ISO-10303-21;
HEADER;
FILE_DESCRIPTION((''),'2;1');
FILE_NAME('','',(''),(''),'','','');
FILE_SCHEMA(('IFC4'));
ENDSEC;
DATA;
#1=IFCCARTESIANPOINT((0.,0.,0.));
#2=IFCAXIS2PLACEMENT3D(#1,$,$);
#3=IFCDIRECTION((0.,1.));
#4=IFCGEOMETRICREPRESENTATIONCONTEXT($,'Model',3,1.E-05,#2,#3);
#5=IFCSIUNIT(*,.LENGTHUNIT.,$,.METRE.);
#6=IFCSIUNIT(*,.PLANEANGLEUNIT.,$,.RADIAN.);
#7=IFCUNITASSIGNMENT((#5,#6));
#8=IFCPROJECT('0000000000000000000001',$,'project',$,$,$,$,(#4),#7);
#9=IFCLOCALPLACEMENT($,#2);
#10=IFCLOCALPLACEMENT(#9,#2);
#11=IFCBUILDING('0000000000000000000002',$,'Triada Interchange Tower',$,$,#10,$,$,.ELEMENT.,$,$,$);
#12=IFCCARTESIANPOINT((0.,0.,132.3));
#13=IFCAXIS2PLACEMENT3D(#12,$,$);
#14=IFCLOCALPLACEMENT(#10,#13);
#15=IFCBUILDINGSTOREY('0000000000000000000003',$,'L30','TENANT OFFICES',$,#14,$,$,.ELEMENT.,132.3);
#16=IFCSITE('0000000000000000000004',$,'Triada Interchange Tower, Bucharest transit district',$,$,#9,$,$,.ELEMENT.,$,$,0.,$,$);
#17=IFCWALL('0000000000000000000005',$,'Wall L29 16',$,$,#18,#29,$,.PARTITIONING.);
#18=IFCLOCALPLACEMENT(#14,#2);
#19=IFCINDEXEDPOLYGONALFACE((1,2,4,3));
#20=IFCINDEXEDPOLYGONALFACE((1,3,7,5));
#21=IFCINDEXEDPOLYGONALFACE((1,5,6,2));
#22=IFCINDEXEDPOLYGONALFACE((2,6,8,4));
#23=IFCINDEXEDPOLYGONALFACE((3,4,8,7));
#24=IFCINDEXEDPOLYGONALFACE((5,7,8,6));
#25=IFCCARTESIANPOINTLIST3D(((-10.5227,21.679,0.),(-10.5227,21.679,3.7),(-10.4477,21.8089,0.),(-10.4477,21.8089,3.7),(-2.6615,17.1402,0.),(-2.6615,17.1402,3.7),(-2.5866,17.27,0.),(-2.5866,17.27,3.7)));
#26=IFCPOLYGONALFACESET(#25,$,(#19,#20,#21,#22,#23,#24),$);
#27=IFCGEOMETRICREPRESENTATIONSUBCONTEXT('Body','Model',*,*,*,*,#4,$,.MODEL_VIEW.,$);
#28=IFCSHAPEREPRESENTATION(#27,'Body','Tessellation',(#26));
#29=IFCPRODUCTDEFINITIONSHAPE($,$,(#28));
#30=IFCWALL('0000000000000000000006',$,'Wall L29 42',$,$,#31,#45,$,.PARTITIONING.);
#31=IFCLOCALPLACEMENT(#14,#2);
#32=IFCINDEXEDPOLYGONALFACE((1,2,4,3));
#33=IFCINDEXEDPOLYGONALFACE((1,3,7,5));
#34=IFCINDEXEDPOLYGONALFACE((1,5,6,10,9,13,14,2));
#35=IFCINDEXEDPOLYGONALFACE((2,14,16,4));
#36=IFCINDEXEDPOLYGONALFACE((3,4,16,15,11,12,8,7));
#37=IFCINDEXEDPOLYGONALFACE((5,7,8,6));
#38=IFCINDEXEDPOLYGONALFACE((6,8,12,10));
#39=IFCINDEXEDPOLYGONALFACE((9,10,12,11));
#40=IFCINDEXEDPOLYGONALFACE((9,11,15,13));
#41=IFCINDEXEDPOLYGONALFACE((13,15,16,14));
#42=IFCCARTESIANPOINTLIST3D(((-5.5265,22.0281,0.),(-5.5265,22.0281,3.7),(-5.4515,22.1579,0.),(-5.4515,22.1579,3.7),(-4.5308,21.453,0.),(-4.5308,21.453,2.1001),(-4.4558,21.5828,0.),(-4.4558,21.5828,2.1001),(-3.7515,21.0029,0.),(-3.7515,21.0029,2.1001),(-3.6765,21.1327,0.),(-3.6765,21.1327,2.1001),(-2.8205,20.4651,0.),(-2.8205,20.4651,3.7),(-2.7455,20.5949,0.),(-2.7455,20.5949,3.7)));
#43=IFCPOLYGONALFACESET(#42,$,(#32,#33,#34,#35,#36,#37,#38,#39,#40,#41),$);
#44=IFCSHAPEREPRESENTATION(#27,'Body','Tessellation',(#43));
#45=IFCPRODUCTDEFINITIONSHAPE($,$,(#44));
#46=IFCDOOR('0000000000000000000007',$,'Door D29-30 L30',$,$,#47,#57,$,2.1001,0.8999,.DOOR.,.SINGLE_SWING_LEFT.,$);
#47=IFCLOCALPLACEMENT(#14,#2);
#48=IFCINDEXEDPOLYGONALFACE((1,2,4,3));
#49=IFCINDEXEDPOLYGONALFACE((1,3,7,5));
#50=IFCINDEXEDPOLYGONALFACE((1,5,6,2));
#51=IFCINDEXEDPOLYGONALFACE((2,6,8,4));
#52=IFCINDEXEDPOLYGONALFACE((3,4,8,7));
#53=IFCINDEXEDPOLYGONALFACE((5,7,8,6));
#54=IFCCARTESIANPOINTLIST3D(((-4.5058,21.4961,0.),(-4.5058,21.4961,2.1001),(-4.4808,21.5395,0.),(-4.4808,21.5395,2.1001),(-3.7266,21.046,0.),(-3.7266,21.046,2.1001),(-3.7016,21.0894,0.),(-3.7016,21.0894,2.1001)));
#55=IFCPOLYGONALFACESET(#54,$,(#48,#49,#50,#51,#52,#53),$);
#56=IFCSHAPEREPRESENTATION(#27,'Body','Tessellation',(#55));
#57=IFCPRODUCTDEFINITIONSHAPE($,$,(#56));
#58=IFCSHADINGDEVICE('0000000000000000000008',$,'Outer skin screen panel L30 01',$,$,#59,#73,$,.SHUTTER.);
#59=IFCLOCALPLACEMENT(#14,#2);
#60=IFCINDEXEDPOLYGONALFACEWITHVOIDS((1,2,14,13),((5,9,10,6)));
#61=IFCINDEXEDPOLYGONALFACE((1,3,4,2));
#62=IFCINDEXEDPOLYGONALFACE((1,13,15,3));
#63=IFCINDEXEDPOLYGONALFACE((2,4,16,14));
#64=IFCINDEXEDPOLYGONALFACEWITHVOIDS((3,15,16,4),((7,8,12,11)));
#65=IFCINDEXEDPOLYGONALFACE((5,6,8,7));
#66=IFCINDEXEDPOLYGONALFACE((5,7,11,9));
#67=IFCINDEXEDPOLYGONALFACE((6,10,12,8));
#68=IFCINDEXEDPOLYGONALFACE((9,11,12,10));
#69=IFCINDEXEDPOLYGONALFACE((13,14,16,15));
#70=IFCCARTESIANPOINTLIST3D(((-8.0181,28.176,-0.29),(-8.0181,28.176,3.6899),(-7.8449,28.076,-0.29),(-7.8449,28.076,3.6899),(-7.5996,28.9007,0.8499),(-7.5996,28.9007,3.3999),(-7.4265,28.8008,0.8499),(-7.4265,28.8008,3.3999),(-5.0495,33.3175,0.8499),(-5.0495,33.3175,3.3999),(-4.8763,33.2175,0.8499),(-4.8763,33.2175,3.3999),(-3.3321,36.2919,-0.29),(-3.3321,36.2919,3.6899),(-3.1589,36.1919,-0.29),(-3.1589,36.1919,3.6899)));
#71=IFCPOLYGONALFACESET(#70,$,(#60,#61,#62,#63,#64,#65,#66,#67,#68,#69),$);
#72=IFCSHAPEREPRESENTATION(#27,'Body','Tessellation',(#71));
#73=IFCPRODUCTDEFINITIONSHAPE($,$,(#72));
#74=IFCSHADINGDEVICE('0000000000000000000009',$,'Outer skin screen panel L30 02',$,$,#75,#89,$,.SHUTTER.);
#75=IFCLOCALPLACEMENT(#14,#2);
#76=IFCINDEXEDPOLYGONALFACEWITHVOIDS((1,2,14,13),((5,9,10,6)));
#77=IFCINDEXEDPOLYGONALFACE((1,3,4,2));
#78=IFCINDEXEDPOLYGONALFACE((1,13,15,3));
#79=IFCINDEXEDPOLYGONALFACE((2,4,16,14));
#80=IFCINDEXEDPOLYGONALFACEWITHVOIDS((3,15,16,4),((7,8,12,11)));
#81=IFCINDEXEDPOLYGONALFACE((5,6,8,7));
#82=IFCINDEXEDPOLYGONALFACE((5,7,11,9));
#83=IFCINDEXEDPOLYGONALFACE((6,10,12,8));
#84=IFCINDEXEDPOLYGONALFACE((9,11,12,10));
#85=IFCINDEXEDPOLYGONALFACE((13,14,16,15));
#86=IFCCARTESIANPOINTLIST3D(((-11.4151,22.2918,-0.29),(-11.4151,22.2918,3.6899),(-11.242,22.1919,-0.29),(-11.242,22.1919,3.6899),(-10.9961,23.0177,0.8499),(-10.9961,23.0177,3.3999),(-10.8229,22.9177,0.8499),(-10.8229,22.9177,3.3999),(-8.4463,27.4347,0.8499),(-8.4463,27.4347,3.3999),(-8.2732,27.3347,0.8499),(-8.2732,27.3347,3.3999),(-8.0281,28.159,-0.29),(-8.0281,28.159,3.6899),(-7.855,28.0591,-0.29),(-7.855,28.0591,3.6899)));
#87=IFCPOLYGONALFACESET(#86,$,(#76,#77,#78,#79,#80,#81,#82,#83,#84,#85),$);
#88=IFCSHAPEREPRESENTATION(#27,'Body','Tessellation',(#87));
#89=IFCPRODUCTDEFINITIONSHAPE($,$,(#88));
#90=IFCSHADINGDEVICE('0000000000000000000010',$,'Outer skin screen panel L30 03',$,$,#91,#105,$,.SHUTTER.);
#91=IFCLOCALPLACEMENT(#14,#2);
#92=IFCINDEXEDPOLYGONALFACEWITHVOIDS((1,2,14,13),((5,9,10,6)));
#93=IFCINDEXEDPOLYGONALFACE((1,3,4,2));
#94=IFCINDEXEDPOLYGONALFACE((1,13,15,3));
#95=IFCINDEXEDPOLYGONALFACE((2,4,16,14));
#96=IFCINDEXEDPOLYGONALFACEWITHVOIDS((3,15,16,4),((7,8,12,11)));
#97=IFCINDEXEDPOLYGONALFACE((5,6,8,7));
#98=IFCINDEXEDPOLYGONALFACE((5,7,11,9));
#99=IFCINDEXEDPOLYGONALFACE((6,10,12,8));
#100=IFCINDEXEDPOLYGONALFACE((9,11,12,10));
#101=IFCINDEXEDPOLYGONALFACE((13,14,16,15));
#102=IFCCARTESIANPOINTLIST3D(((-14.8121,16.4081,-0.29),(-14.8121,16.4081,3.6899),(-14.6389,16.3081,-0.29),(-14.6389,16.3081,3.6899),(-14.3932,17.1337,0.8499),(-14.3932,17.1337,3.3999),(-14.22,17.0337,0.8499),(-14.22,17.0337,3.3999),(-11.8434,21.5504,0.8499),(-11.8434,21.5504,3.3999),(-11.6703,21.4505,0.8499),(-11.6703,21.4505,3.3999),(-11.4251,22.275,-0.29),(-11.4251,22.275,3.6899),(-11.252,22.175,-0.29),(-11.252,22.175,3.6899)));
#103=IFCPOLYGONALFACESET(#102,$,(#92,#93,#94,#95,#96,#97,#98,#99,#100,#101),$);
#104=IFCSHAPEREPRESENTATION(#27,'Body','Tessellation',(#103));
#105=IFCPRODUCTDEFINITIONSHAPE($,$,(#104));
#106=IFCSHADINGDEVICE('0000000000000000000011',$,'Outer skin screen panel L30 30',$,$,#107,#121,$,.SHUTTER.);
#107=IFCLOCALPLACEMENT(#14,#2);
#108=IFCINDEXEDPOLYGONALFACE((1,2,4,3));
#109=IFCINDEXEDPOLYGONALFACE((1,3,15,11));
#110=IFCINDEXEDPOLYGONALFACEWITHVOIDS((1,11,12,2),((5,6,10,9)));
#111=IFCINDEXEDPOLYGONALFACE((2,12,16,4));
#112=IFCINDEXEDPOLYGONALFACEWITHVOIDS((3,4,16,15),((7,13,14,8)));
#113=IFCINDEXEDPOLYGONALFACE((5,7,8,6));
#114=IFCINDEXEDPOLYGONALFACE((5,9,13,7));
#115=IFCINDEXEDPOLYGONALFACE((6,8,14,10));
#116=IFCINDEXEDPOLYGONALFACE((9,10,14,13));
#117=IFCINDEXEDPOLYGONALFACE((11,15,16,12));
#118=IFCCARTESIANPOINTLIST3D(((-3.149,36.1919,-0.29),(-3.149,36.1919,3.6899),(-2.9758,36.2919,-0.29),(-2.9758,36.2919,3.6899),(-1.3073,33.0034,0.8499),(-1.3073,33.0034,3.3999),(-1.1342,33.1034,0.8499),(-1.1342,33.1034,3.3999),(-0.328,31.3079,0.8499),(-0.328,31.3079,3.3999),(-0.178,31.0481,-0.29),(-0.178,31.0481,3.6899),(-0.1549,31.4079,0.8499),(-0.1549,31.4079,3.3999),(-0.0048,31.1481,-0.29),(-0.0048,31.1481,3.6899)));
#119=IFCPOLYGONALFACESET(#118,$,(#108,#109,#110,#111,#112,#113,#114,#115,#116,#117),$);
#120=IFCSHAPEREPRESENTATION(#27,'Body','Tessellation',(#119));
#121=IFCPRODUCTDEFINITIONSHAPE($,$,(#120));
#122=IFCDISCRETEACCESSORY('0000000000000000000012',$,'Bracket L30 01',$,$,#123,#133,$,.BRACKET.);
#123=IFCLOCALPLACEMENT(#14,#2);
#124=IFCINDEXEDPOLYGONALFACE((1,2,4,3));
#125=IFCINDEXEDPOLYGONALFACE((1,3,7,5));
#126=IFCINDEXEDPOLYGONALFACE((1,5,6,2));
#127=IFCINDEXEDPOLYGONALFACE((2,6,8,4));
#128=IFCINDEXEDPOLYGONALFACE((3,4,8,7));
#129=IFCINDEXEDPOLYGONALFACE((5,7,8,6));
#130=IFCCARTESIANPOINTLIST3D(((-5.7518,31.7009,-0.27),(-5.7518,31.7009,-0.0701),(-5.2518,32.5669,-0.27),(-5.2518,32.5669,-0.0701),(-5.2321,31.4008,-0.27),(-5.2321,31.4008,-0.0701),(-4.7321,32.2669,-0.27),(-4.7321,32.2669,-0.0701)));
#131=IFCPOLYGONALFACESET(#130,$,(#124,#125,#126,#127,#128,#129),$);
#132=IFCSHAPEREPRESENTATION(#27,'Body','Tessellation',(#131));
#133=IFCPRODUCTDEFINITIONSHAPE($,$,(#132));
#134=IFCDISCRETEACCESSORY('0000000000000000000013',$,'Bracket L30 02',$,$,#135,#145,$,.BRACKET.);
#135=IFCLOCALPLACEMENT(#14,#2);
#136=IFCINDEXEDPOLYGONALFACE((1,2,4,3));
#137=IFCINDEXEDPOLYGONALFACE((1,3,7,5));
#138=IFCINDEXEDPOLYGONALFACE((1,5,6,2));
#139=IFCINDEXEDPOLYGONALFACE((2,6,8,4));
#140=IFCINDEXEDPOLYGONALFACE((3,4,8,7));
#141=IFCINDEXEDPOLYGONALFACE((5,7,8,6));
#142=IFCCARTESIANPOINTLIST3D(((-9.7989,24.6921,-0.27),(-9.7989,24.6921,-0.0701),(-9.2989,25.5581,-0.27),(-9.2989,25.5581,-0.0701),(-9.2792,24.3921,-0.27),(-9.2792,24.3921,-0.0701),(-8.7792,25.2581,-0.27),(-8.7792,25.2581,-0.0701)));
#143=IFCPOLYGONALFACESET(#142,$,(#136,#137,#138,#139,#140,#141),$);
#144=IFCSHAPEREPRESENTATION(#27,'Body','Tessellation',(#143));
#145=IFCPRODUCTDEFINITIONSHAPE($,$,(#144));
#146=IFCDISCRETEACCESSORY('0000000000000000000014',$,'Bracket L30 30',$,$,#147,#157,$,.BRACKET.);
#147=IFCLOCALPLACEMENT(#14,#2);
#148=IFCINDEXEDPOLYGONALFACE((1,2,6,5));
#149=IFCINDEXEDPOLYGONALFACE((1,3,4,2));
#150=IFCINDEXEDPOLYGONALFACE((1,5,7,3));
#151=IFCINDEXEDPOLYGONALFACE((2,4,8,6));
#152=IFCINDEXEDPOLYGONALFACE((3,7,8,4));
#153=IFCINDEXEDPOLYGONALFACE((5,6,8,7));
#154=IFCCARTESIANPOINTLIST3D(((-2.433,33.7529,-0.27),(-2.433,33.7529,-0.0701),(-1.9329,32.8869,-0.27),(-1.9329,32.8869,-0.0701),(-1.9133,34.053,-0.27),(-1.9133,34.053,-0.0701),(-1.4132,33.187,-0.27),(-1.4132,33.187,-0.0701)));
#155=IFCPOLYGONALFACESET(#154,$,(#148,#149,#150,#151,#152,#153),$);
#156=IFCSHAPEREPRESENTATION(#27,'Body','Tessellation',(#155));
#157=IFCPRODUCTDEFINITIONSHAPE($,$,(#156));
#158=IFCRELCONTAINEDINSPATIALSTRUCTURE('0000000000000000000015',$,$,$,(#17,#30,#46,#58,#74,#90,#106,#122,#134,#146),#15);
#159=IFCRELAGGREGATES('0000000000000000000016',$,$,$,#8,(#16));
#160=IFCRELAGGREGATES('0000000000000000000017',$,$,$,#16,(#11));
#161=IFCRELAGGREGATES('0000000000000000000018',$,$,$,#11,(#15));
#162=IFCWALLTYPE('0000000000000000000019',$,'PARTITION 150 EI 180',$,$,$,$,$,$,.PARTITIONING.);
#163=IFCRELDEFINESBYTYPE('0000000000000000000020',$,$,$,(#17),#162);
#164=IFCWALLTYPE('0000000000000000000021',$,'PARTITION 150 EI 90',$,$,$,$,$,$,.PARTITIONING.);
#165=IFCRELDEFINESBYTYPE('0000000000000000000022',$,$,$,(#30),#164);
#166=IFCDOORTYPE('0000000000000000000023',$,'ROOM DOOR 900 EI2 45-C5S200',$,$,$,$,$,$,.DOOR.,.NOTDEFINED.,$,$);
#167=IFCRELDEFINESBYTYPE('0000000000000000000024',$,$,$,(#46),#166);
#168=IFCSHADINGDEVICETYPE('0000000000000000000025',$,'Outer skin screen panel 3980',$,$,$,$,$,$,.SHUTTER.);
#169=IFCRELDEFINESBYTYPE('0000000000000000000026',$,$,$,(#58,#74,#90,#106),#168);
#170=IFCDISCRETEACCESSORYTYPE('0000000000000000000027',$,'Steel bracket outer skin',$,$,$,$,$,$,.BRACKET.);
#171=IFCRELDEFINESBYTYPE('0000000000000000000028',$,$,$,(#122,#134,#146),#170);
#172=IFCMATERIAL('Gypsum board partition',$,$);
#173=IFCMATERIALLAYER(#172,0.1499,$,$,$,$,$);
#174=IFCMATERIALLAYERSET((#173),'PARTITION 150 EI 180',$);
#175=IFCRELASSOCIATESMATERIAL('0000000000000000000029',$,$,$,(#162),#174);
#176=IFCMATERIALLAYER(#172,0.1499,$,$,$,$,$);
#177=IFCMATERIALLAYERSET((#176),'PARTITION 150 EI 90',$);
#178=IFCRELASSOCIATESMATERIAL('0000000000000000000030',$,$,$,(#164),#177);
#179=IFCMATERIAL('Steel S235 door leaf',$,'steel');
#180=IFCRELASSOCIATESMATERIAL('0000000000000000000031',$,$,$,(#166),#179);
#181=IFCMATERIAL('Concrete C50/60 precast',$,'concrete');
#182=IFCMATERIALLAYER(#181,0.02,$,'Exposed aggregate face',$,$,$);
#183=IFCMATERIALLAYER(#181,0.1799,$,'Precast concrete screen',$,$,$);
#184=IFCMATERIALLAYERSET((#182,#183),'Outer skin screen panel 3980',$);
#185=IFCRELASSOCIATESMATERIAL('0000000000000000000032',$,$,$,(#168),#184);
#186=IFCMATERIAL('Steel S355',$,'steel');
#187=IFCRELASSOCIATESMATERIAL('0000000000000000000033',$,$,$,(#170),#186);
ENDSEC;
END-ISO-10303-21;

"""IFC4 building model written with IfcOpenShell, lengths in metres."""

from ifc_helpers import new_model, si_unit, direction, frame, frame_2d, origin, origin_2d, place, context, subcontext, project, spatial, polyline, rectangle, outline, extrude, material, layer, layer_set, type_object, element, fill, save


model = new_model("IFC4")

# Units and contexts
model_context = context("Model", 3, precision=1e-05, world=origin(), true_north=direction((0.0, 1.0)))
body_context = subcontext(model_context, "Body", "Model", "MODEL_VIEW")
ifc_project = project(units=[si_unit("LENGTHUNIT", "METRE"), si_unit("PLANEANGLEUNIT", "RADIAN")], contexts=[model_context])

# Site, building, storey
site_placement = place(None, origin())
site = spatial("IfcSite", under=ifc_project, at=site_placement, Name="Triada Interchange Tower, Bucharest transit district", CompositionType="ELEMENT", RefElevation=0.0)
building_placement = place(site_placement, origin())
building = spatial("IfcBuilding", under=site, at=building_placement, Name="Triada Interchange Tower", CompositionType="ELEMENT")
storey_placement = place(building_placement, frame((0.0, 0.0, 132.3)))
storey = spatial("IfcBuildingStorey", under=building, at=storey_placement, Name="L30", Description="TENANT OFFICES", CompositionType="ELEMENT", Elevation=132.3)

# Wall
ifc_material_1 = material(Name="Gypsum board partition")
ifc_layer_1 = layer(ifc_material_1, 0.1499)
ifc_layer_set_1 = layer_set([ifc_layer_1], Name="PARTITION 150 EI 180")
wall_type_1 = type_object("IfcWallType", Name="PARTITION 150 EI 180", PredefinedType="PARTITIONING", material=ifc_layer_set_1)
wall_1_placement = place(storey_placement, frame((-10.4851, 21.7439, 0.0), z_axis=(0.0, 0.0, 1.0), x_axis=(0.866015, -0.500018, 0.0)))
element("IfcWall", 1, at=wall_1_placement, inside=storey, type_object=wall_type_1, Name="Wall L29 16", PredefinedType="PARTITIONING", context=body_context, shape_type="SweptSolid", body=[
    extrude(rectangle(XDim=9.0774, YDim=0.1499, at=frame_2d((4.5386, 0.0))), origin(), (0.0, 0.0, 1.0), 3.7),
])

# Wall, opening, door
ifc_layer_2 = layer(ifc_material_1, 0.1499)
ifc_layer_set_2 = layer_set([ifc_layer_2], Name="PARTITION 150 EI 90")
wall_type_2 = type_object("IfcWallType", Name="PARTITION 150 EI 90", PredefinedType="PARTITIONING", material=ifc_layer_set_2)
wall_2_placement = place(storey_placement, frame((-5.489, 22.093, 0.0), z_axis=(0.0, 0.0, 1.0), x_axis=(0.865936, -0.500155, 0.0)))
wall_2 = element("IfcWall", 2, at=wall_2_placement, inside=storey, type_object=wall_type_2, Name="Wall L29 42", PredefinedType="PARTITIONING", context=body_context, shape_type="SweptSolid", body=[
    extrude(rectangle(XDim=3.125, YDim=0.1499, at=frame_2d((1.5625, 0.0))), origin(), (0.0, 0.0, 1.0), 3.7),
])
opening_1_placement = place(wall_2_placement, frame((1.1499, 0.0, 0.0)))
opening_1 = element("IfcOpeningElement", 3, at=opening_1_placement, cuts=wall_2, PredefinedType="OPENING", context=body_context, shape_type="SweptSolid", body=[
    extrude(rectangle(XDim=0.8999, YDim=2.1001, at=frame_2d((0.45, 1.05))), frame((0.0, 0.085, 0.0), z_axis=(0.0, -1.0, 0.0), x_axis=(1.0, 0.0, 0.0)), (0.0, 0.0, 1.0), 0.1699),
])
ifc_material_2 = material(Name="Steel S235 door leaf", Category="steel")
door_type = type_object("IfcDoorType", Name="ROOM DOOR 900 EI2 45-C5S200", OperationType="NOTDEFINED", PredefinedType="DOOR", material=ifc_material_2)
door_placement = place(opening_1_placement, origin())
door = element("IfcDoor", 4, at=door_placement, inside=storey, type_object=door_type, Name="Door D29-30 L30", OperationType="SINGLE_SWING_LEFT", OverallHeight=2.1001, OverallWidth=0.8999, PredefinedType="DOOR", context=body_context, shape_type="SweptSolid", body=[
    extrude(rectangle(XDim=0.8999, YDim=2.1001, at=frame_2d((0.45, 1.05))), frame((0.0, 0.0249, 0.0), z_axis=(0.0, -1.0, 0.0), x_axis=(1.0, 0.0, 0.0)), (0.0, 0.0, 1.0), 0.05),
])
fill(opening_1, door)

# Shading devices
ifc_material_3 = material(Name="Concrete C50/60 precast", Category="concrete")
ifc_layer_3 = layer(ifc_material_3, 0.02, Name="Exposed aggregate face")
ifc_layer_4 = layer(ifc_material_3, 0.1799, Name="Precast concrete screen")
ifc_layer_set_3 = layer_set([ifc_layer_3, ifc_layer_4], Name="Outer skin screen panel 3980")
shading_device_type = type_object("IfcShadingDeviceType", Name="Outer skin screen panel 3980", PredefinedType="SHUTTER", material=ifc_layer_set_3)
shading_device_1_placement = place(storey_placement, frame((-3.1589, 36.1919, -0.29), z_axis=(0.0, 0.0, 1.0), x_axis=(-0.500022, -0.866012, 0.0)))
element("IfcShadingDevice", 5, at=shading_device_1_placement, inside=storey, type_object=shading_device_type, Name="Outer skin screen panel L30 01", PredefinedType="SHUTTER", context=body_context, shape_type="SweptSolid", body=[
    extrude(outline(polyline([(0.0, 0.0), (9.3716, 0.0), (9.3716, 3.98), (0.0, 3.98), (0.0, 0.0)]), holes=[polyline([(3.4346, 1.1399), (3.4346, 3.6899), (8.5347, 3.6899), (8.5347, 1.1399), (3.4346, 1.1399)])]), frame((0.0, 0.0, 0.0), z_axis=(0.0, -1.0, 0.0), x_axis=(1.0, 0.0, 0.0)), (0.0, 0.0, 1.0), 0.2),
])
shading_device_2_placement = place(storey_placement, frame((-7.855, 28.0591, -0.29), z_axis=(0.0, 0.0, 1.0), x_axis=(-0.499949, -0.866055, 0.0)))
element("IfcShadingDevice", 6, at=shading_device_2_placement, inside=storey, type_object=shading_device_type, Name="Outer skin screen panel L30 02", PredefinedType="SHUTTER", context=body_context, shape_type="SweptSolid", body=[
    extrude(outline(polyline([(0.0, 0.0), (6.7747, 0.0), (6.7747, 3.98), (0.0, 3.98), (0.0, 0.0)]), holes=[polyline([(0.8364, 1.1399), (0.8364, 3.6899), (5.9365, 3.6899), (5.9365, 1.1399), (0.8364, 1.1399)])]), frame((0.0, 0.0, 0.0), z_axis=(0.0, -1.0, 0.0), x_axis=(1.0, 0.0, 0.0)), (0.0, 0.0, 1.0), 0.2),
])
shading_device_3_placement = place(storey_placement, frame((-11.252, 22.175, -0.29), z_axis=(0.0, 0.0, 1.0), x_axis=(-0.499965, -0.866046, 0.0)))
element("IfcShadingDevice", 7, at=shading_device_3_placement, inside=storey, type_object=shading_device_type, Name="Outer skin screen panel L30 03", PredefinedType="SHUTTER", context=body_context, shape_type="SweptSolid", body=[
    extrude(outline(polyline([(0.0, 0.0), (6.7744, 0.0), (6.7744, 3.98), (0.0, 3.98), (0.0, 0.0)]), holes=[polyline([(0.8367, 1.1399), (0.8367, 3.6899), (5.9365, 3.6899), (5.9365, 1.1399), (0.8367, 1.1399)])]), frame((0.0, 0.0, 0.0), z_axis=(0.0, -1.0, 0.0), x_axis=(1.0, 0.0, 0.0)), (0.0, 0.0, 1.0), 0.2),
])
shading_device_4_placement = place(storey_placement, frame((-0.178, 31.0481, -0.29), z_axis=(0.0, 0.0, 1.0), x_axis=(-0.500148, 0.86594, 0.0)))
element("IfcShadingDevice", 8, at=shading_device_4_placement, inside=storey, type_object=shading_device_type, Name="Outer skin screen panel L30 30", PredefinedType="SHUTTER", context=body_context, shape_type="SweptSolid", body=[
    extrude(outline(polyline([(0.0, 0.0), (5.9402, 0.0), (5.9402, 3.98), (0.0, 3.98), (0.0, 0.0)]), holes=[polyline([(0.3, 1.1399), (0.3, 3.6899), (2.2581, 3.6899), (2.2581, 1.1399), (0.3, 1.1399)])]), frame((0.0, 0.0, 0.0), z_axis=(0.0, -1.0, 0.0), x_axis=(1.0, 0.0, 0.0)), (0.0, 0.0, 1.0), 0.2),
])

# Discrete accessories
ifc_material_4 = material(Name="Steel S355", Category="steel")
discrete_accessory_type = type_object("IfcDiscreteAccessoryType", Name="Steel bracket outer skin", PredefinedType="BRACKET", material=ifc_material_4)
for number, where, z_axis, x_axis, name in (
    (9, (-5.2419, 31.9839, -0.27), (0.0, 0.0, 1.0), (-0.866023, 0.500004, 0.0), "Bracket L30 01"),
    (10, (-9.2891, 24.9751, -0.27), (0.0, 0.0, 1.0), (-0.866023, 0.500004, 0.0), "Bracket L30 02"),
    (11, (-1.9231, 33.47, -0.27), (0.0, 0.0, 1.0), (0.86599, 0.500061, 0.0), "Bracket L30 30"),
):
    element("IfcDiscreteAccessory", number, at=place(storey_placement, frame(where, z_axis=z_axis, x_axis=x_axis)), inside=storey, type_object=discrete_accessory_type, Name=name, PredefinedType="BRACKET", context=body_context, shape_type="SweptSolid", body=[
        extrude(rectangle(XDim=0.6001, YDim=1.0, at=origin_2d()), origin(), (0.0, 0.0, 1.0), 0.2),
    ])

save(model, "model.ifc")
